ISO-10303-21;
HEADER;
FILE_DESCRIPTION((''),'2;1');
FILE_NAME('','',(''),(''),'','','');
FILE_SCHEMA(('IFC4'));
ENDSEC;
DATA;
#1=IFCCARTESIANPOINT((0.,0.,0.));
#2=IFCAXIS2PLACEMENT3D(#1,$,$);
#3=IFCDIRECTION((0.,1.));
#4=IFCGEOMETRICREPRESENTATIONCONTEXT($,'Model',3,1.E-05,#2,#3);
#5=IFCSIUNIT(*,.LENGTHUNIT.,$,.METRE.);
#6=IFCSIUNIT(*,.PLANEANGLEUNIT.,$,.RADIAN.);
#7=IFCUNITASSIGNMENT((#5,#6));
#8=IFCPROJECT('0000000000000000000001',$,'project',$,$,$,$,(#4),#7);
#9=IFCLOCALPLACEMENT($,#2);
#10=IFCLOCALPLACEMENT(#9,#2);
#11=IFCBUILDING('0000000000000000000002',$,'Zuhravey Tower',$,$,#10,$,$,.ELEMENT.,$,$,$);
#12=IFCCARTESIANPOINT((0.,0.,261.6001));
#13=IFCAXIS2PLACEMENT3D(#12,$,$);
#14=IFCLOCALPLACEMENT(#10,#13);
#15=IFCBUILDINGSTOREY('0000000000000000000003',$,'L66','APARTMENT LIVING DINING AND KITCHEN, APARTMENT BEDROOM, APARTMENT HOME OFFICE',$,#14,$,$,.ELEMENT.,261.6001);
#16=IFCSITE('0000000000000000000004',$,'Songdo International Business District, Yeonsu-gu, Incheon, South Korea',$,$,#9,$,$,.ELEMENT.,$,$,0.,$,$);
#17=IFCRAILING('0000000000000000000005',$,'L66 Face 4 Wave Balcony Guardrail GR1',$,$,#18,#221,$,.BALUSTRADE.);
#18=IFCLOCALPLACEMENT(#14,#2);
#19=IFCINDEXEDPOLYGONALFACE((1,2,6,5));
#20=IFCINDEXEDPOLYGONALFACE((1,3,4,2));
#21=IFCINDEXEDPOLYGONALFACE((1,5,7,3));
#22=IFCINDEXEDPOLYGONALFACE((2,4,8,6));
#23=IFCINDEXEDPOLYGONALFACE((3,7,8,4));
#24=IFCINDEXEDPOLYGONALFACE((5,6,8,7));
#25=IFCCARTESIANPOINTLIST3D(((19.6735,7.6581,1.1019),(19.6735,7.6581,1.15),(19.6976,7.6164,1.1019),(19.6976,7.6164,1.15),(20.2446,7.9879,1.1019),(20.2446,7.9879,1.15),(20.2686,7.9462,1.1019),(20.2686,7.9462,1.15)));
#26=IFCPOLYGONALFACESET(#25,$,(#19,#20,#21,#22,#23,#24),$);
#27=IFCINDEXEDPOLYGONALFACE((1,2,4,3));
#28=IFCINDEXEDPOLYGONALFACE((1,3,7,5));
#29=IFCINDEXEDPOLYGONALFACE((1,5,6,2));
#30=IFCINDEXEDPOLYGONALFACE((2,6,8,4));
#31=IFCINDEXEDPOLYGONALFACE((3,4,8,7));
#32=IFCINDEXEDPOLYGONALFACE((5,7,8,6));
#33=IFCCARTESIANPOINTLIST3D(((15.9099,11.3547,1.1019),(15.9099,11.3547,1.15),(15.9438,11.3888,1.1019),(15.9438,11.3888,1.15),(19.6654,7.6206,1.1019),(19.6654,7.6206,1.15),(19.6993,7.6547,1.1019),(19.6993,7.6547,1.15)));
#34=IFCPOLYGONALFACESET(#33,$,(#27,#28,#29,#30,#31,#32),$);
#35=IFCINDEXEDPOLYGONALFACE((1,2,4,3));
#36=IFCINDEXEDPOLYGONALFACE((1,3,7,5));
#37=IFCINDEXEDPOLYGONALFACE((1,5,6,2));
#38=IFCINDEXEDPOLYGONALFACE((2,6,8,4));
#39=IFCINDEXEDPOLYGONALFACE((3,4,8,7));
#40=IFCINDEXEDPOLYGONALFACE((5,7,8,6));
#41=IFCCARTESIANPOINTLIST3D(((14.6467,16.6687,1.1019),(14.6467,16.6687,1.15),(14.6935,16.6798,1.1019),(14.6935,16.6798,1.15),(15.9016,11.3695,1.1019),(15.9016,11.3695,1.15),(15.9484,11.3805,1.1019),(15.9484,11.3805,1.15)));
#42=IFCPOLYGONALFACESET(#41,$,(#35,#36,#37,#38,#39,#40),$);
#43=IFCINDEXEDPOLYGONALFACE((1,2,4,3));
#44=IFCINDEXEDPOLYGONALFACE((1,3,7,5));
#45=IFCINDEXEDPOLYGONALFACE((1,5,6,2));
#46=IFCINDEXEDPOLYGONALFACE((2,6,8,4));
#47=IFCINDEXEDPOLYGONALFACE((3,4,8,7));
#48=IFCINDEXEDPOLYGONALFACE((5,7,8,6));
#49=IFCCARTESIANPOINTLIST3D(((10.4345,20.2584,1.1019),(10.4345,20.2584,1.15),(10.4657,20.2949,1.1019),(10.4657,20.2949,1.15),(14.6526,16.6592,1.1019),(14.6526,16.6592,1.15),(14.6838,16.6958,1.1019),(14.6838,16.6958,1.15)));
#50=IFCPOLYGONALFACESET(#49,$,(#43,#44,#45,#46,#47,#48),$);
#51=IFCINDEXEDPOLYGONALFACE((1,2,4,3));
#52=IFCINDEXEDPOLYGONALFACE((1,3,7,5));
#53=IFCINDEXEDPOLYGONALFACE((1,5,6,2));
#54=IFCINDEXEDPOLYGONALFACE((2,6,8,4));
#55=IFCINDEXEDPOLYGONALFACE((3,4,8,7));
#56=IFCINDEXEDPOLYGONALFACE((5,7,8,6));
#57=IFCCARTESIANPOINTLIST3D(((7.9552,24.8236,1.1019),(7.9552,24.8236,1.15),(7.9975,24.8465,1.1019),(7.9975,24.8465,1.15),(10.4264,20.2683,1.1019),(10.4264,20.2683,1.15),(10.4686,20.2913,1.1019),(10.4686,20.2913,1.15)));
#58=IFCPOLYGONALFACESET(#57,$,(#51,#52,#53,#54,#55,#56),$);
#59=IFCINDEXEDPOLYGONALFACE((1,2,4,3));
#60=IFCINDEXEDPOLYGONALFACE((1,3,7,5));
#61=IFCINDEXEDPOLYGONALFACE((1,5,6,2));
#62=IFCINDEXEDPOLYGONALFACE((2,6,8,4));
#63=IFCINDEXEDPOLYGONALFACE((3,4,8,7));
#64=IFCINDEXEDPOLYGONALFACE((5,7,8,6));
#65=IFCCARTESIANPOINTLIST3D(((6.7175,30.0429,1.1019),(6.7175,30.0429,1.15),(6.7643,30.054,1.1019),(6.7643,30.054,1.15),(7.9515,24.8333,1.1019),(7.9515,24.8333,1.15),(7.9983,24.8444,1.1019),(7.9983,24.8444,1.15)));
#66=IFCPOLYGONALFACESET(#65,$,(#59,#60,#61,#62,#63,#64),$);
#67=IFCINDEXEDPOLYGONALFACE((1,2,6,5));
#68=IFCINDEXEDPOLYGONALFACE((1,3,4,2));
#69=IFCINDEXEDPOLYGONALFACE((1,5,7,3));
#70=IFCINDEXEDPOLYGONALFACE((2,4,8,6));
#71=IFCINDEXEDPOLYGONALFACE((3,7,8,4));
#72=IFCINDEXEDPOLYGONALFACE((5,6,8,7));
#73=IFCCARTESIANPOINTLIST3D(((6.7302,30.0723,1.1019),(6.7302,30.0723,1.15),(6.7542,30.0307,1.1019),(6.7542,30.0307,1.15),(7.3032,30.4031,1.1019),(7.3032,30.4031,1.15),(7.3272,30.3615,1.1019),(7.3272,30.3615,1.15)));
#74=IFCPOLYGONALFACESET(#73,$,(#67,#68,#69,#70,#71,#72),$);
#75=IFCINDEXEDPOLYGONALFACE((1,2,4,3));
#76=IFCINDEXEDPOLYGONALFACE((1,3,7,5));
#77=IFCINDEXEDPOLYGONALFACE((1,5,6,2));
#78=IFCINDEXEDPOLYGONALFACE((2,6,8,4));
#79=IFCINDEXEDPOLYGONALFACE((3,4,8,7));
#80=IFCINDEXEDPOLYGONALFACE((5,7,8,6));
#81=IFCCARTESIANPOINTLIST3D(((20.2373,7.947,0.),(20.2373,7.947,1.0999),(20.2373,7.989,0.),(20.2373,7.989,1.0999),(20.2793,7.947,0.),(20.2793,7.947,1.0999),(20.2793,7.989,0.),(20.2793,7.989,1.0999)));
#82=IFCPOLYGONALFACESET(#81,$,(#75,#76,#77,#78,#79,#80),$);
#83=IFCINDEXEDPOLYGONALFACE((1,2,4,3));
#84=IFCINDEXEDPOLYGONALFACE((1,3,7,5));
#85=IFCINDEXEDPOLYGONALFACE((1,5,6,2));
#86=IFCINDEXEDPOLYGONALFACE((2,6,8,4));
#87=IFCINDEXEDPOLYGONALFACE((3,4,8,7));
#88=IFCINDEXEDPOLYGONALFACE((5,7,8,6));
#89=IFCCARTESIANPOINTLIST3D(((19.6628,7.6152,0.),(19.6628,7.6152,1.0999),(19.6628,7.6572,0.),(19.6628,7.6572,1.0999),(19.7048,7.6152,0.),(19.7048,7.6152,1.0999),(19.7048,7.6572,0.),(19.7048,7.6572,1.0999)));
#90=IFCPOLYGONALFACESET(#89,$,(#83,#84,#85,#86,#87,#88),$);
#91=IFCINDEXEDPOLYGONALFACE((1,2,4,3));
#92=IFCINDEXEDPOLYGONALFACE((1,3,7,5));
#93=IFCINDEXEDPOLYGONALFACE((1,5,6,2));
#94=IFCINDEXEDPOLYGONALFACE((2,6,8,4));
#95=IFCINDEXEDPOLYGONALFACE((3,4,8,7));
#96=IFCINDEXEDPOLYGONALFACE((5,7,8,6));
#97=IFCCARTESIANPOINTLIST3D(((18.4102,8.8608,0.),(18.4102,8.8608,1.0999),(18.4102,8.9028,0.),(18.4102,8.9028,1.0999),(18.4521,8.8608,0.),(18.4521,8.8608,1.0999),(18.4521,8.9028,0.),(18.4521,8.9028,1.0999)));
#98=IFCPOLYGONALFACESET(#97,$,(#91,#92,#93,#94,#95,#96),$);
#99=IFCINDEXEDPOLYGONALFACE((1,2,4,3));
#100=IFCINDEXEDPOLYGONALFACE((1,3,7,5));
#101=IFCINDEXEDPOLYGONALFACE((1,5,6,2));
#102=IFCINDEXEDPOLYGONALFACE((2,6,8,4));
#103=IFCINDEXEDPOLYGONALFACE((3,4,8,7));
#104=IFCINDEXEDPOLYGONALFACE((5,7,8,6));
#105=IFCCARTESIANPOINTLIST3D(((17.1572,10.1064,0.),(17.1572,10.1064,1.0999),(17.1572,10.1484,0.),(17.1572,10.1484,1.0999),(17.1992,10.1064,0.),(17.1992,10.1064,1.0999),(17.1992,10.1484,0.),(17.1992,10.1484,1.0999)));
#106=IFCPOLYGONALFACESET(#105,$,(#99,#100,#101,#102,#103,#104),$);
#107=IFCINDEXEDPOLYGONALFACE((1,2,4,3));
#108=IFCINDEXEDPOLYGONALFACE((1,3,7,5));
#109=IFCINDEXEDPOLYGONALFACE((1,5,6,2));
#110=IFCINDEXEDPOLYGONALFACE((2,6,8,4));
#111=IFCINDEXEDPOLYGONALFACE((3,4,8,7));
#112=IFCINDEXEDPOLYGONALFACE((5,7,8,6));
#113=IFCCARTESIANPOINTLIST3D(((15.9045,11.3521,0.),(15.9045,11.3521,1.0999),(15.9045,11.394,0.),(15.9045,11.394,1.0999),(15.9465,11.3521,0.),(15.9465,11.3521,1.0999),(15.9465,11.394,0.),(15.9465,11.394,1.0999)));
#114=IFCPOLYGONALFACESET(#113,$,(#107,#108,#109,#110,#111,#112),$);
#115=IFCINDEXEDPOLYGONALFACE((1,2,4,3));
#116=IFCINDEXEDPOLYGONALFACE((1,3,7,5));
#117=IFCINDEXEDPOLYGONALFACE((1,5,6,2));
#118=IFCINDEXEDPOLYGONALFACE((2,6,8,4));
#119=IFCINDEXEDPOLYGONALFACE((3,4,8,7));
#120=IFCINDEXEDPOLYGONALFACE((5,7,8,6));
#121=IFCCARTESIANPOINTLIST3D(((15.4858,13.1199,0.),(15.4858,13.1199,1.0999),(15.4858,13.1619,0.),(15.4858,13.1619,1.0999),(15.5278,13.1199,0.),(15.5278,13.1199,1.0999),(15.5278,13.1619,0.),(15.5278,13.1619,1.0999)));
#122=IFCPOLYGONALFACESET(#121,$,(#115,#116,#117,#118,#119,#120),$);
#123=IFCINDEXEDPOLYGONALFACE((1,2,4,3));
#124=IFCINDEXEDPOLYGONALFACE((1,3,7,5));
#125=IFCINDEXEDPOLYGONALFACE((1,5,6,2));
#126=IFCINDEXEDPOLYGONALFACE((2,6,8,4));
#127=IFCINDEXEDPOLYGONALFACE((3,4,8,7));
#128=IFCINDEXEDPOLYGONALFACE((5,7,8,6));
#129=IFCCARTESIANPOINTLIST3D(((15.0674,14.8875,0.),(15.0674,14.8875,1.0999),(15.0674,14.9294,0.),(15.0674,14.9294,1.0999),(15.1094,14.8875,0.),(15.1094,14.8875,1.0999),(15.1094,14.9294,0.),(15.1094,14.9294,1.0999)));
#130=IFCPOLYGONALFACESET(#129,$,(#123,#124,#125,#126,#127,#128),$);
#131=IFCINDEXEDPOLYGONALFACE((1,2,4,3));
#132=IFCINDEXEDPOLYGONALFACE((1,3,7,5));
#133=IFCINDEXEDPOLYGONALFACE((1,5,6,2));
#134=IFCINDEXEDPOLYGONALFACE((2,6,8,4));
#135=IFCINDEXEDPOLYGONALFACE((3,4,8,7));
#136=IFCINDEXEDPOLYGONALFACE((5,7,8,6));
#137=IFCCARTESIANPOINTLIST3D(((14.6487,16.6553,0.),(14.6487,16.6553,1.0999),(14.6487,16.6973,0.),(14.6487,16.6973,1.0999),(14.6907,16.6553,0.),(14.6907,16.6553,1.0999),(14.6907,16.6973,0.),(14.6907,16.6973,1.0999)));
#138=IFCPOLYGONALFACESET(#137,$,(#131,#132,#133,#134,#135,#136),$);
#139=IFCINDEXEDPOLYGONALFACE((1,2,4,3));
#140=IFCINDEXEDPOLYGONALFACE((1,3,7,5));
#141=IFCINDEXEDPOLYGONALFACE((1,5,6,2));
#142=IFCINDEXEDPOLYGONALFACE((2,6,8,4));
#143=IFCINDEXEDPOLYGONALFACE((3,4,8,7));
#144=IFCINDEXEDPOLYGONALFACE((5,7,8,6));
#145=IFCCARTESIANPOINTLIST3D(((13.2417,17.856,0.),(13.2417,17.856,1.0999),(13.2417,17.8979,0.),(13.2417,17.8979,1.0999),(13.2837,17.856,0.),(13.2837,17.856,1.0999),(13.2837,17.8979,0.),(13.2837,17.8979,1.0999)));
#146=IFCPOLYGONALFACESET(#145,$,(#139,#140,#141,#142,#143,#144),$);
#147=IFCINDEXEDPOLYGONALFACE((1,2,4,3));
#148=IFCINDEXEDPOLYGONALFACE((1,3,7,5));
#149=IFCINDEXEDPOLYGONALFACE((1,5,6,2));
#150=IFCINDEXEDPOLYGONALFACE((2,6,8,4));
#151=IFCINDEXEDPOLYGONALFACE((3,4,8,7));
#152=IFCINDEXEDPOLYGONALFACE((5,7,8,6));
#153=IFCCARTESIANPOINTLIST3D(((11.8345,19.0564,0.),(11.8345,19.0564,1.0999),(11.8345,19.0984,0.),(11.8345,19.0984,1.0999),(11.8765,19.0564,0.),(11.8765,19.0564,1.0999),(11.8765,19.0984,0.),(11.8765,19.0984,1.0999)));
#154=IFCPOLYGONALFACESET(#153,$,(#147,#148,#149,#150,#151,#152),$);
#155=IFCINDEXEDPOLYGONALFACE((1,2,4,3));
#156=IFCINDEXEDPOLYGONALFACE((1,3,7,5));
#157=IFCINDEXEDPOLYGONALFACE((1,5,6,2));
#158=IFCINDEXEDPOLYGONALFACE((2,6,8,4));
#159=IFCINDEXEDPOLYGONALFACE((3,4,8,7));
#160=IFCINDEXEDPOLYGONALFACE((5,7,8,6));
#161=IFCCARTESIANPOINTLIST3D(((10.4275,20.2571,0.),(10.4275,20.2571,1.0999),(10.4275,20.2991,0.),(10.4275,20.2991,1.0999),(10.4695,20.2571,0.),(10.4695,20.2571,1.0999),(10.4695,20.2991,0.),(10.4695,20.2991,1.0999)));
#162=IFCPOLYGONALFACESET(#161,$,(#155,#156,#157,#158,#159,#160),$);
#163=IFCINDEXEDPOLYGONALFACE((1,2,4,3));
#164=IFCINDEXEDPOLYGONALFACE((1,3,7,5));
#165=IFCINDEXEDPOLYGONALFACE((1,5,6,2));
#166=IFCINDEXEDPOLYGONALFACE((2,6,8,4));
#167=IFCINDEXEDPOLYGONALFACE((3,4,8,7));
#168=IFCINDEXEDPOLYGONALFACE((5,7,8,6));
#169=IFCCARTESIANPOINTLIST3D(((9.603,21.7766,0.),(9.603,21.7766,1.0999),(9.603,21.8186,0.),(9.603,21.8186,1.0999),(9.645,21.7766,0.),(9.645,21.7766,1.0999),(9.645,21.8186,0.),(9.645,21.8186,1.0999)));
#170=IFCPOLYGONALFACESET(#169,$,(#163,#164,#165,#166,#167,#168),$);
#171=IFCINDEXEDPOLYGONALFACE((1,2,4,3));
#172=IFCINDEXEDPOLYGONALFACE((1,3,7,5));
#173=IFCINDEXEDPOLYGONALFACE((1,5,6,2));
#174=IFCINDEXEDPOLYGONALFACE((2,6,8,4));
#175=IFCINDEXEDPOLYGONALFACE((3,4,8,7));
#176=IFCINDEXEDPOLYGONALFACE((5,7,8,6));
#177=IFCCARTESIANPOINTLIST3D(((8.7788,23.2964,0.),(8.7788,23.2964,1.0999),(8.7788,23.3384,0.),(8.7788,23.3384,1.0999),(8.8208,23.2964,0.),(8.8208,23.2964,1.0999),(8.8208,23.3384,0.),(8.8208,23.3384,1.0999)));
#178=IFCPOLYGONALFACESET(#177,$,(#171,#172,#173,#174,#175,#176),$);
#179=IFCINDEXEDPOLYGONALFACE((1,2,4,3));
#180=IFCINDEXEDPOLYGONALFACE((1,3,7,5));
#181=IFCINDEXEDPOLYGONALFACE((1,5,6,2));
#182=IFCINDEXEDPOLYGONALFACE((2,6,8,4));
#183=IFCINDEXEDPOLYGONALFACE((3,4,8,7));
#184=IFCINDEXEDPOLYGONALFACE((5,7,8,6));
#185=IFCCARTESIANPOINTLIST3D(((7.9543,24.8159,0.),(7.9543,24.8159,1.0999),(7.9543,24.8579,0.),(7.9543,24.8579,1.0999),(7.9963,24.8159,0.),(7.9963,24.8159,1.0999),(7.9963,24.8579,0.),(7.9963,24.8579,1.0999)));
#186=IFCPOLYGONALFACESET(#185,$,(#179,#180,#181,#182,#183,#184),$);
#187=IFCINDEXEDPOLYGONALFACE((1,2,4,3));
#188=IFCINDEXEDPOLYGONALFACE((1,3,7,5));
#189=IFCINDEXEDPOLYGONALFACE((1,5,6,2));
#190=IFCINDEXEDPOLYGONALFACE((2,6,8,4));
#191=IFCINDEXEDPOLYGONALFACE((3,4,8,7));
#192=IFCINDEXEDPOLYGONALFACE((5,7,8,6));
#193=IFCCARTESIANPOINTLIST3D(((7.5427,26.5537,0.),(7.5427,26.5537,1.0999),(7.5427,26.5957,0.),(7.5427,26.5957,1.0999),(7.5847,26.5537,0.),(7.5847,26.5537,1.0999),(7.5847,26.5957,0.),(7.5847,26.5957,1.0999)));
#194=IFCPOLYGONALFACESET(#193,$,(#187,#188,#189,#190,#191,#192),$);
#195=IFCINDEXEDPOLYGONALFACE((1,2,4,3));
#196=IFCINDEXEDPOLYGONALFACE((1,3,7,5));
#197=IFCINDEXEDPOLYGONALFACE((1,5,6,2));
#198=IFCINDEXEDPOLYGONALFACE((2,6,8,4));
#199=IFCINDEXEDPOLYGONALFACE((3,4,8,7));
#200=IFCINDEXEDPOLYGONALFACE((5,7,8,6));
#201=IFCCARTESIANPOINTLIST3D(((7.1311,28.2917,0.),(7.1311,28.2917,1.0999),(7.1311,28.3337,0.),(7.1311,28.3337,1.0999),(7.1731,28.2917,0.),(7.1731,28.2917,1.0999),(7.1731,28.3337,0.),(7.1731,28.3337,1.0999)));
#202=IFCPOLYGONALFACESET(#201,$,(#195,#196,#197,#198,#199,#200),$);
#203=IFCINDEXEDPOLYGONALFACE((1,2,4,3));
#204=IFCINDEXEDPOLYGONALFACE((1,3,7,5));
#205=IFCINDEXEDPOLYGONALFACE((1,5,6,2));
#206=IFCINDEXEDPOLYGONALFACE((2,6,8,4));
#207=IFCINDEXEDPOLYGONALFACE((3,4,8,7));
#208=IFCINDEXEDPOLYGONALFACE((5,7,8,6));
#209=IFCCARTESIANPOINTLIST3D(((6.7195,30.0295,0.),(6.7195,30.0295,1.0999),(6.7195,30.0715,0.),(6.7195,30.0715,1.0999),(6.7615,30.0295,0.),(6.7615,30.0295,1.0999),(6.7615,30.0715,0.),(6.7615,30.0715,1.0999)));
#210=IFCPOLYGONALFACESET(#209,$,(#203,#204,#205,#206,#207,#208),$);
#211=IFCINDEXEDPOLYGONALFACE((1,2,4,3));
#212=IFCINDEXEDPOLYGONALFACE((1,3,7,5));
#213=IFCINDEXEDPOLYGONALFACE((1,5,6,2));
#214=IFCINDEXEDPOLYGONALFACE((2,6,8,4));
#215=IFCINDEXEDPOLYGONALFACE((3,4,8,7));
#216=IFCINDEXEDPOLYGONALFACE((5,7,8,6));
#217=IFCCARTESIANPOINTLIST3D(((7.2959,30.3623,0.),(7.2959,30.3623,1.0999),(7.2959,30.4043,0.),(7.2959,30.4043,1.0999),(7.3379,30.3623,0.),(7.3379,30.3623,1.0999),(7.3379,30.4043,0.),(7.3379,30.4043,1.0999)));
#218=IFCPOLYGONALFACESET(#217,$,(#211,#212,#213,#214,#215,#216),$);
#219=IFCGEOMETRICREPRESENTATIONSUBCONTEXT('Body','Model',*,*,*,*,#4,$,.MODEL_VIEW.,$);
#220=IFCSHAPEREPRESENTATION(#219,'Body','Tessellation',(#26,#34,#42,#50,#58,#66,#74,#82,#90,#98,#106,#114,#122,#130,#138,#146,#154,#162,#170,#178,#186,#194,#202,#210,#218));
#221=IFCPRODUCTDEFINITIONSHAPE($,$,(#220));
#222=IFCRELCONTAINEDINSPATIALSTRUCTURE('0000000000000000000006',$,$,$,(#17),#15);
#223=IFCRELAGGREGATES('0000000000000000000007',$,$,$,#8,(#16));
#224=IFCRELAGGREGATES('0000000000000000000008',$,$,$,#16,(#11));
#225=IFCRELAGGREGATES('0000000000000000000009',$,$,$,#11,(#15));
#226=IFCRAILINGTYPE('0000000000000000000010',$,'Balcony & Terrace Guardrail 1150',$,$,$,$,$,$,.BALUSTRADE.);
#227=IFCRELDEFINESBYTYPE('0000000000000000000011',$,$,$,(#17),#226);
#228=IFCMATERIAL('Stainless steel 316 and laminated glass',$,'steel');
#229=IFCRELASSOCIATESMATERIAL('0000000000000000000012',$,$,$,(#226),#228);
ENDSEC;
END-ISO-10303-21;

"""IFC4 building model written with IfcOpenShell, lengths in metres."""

from ifc_helpers import new_model, si_unit, direction, frame, origin, origin_2d, place, context, subcontext, project, spatial, rectangle, extrude, material, type_object, element, save


model = new_model("IFC4")

# Units and contexts
model_context = context("Model", 3, precision=1e-05, world=origin(), true_north=direction((0.0, 1.0)))
body_context = subcontext(model_context, "Body", "Model", "MODEL_VIEW")
ifc_project = project(units=[si_unit("LENGTHUNIT", "METRE"), si_unit("PLANEANGLEUNIT", "RADIAN")], contexts=[model_context])

# Site, building, storey
site_placement = place(None, origin())
site = spatial("IfcSite", under=ifc_project, at=site_placement, Name="Songdo International Business District, Yeonsu-gu, Incheon, South Korea", CompositionType="ELEMENT", RefElevation=0.0)
building_placement = place(site_placement, origin())
building = spatial("IfcBuilding", under=site, at=building_placement, Name="Zuhravey Tower", CompositionType="ELEMENT")
storey_placement = place(building_placement, frame((0.0, 0.0, 261.6001)))
storey = spatial("IfcBuildingStorey", under=building, at=storey_placement, Name="L66", Description="APARTMENT LIVING DINING AND KITCHEN, APARTMENT BEDROOM, APARTMENT HOME OFFICE", CompositionType="ELEMENT", Elevation=261.6001)

# Railing
ifc_material_1 = material(Name="Stainless steel 316 and laminated glass", Category="steel")
railing_type = type_object("IfcRailingType", Name="Balcony & Terrace Guardrail 1150", PredefinedType="BALUSTRADE", material=ifc_material_1)
railing_placement = place(storey_placement, frame((20.2583, 7.968, 0.0)))
element("IfcRailing", 1, at=railing_placement, inside=storey, type_object=railing_type, Name="L66 Face 4 Wave Balcony Guardrail GR1", PredefinedType="BALUSTRADE", context=body_context, shape_type="SweptSolid", body=[
    extrude(rectangle(XDim=0.0481, YDim=0.0481, at=origin_2d()), frame((-0.0017, -0.001, 1.126), z_axis=(-0.865947, -0.500137, 0.0), x_axis=(0.500137, -0.865947, 0.0)), (0.0, 0.0, 1.0), 0.6594),
    extrude(rectangle(XDim=0.0481, YDim=0.0481, at=origin_2d()), frame((-0.5759, -0.3303, 1.126), z_axis=(-0.709131, 0.705077, 0.0), x_axis=(-0.705077, -0.709131, 0.0)), (0.0, 0.0, 1.0), 5.2959),
    extrude(rectangle(XDim=0.0481, YDim=0.0481, at=origin_2d()), frame((-4.3333, 3.407, 1.126), z_axis=(-0.230437, 0.973087, 0.0), x_axis=(-0.973087, -0.230437, 0.0)), (0.0, 0.0, 1.0), 5.4458),
    extrude(rectangle(XDim=0.0481, YDim=0.0481, at=origin_2d()), frame((-5.5901, 8.7095, 1.126), z_axis=(-0.760711, 0.64909, 0.0), x_axis=(-0.64909, -0.760711, 0.0)), (0.0, 0.0, 1.0), 5.5449),
    extrude(rectangle(XDim=0.0481, YDim=0.0481, at=origin_2d()), frame((-9.8108, 12.3118, 1.126), z_axis=(-0.476846, 0.878987, 0.0), x_axis=(-0.878987, -0.476846, 0.0)), (0.0, 0.0, 1.0), 5.1824),
    extrude(rectangle(XDim=0.0481, YDim=0.0481, at=origin_2d()), frame((-12.2834, 16.8708, 1.126), z_axis=(-0.230477, 0.973078, 0.0), x_axis=(-0.973078, -0.230477, 0.0)), (0.0, 0.0, 1.0), 5.3538),
    extrude(rectangle(XDim=0.0481, YDim=0.0481, at=origin_2d()), frame((-13.5161, 22.0835, 1.126), z_axis=(0.866045, 0.499966, 0.0), x_axis=(-0.499966, 0.866045, 0.0)), (0.0, 0.0, 1.0), 0.6616),
    extrude(rectangle(XDim=0.042, YDim=0.042, at=origin_2d()), origin(), (0.0, 0.0, 1.0), 1.0999),
    extrude(rectangle(XDim=0.042, YDim=0.042, at=origin_2d()), frame((-0.5745, -0.3318, 0.0)), (0.0, 0.0, 1.0), 1.0999),
    extrude(rectangle(XDim=0.042, YDim=0.042, at=origin_2d()), frame((-1.8271, 0.9138, 0.0)), (0.0, 0.0, 1.0), 1.0999),
    extrude(rectangle(XDim=0.042, YDim=0.042, at=origin_2d()), frame((-3.0801, 2.1594, 0.0)), (0.0, 0.0, 1.0), 1.0999),
    extrude(rectangle(XDim=0.042, YDim=0.042, at=origin_2d()), frame((-4.3328, 3.405, 0.0)), (0.0, 0.0, 1.0), 1.0999),
    extrude(rectangle(XDim=0.042, YDim=0.042, at=origin_2d()), frame((-4.7515, 5.1729, 0.0)), (0.0, 0.0, 1.0), 1.0999),
    extrude(rectangle(XDim=0.042, YDim=0.042, at=origin_2d()), frame((-5.1699, 6.9404, 0.0)), (0.0, 0.0, 1.0), 1.0999),
    extrude(rectangle(XDim=0.042, YDim=0.042, at=origin_2d()), frame((-5.5886, 8.7083, 0.0)), (0.0, 0.0, 1.0), 1.0999),
    extrude(rectangle(XDim=0.042, YDim=0.042, at=origin_2d()), frame((-6.9956, 9.9089, 0.0)), (0.0, 0.0, 1.0), 1.0999),
    extrude(rectangle(XDim=0.042, YDim=0.042, at=origin_2d()), frame((-8.4028, 11.1094, 0.0)), (0.0, 0.0, 1.0), 1.0999),
    extrude(rectangle(XDim=0.042, YDim=0.042, at=origin_2d()), frame((-9.8098, 12.3101, 0.0)), (0.0, 0.0, 1.0), 1.0999),
    extrude(rectangle(XDim=0.042, YDim=0.042, at=origin_2d()), frame((-10.6343, 13.8296, 0.0)), (0.0, 0.0, 1.0), 1.0999),
    extrude(rectangle(XDim=0.042, YDim=0.042, at=origin_2d()), frame((-11.4585, 15.3494, 0.0)), (0.0, 0.0, 1.0), 1.0999),
    extrude(rectangle(XDim=0.042, YDim=0.042, at=origin_2d()), frame((-12.283, 16.8689, 0.0)), (0.0, 0.0, 1.0), 1.0999),
    extrude(rectangle(XDim=0.042, YDim=0.042, at=origin_2d()), frame((-12.6946, 18.6067, 0.0)), (0.0, 0.0, 1.0), 1.0999),
    extrude(rectangle(XDim=0.042, YDim=0.042, at=origin_2d()), frame((-13.1062, 20.3447, 0.0)), (0.0, 0.0, 1.0), 1.0999),
    extrude(rectangle(XDim=0.042, YDim=0.042, at=origin_2d()), frame((-13.5178, 22.0825, 0.0)), (0.0, 0.0, 1.0), 1.0999),
    extrude(rectangle(XDim=0.042, YDim=0.042, at=origin_2d()), frame((-12.9414, 22.4153, 0.0)), (0.0, 0.0, 1.0), 1.0999),
])

save(model, "model.ifc")
